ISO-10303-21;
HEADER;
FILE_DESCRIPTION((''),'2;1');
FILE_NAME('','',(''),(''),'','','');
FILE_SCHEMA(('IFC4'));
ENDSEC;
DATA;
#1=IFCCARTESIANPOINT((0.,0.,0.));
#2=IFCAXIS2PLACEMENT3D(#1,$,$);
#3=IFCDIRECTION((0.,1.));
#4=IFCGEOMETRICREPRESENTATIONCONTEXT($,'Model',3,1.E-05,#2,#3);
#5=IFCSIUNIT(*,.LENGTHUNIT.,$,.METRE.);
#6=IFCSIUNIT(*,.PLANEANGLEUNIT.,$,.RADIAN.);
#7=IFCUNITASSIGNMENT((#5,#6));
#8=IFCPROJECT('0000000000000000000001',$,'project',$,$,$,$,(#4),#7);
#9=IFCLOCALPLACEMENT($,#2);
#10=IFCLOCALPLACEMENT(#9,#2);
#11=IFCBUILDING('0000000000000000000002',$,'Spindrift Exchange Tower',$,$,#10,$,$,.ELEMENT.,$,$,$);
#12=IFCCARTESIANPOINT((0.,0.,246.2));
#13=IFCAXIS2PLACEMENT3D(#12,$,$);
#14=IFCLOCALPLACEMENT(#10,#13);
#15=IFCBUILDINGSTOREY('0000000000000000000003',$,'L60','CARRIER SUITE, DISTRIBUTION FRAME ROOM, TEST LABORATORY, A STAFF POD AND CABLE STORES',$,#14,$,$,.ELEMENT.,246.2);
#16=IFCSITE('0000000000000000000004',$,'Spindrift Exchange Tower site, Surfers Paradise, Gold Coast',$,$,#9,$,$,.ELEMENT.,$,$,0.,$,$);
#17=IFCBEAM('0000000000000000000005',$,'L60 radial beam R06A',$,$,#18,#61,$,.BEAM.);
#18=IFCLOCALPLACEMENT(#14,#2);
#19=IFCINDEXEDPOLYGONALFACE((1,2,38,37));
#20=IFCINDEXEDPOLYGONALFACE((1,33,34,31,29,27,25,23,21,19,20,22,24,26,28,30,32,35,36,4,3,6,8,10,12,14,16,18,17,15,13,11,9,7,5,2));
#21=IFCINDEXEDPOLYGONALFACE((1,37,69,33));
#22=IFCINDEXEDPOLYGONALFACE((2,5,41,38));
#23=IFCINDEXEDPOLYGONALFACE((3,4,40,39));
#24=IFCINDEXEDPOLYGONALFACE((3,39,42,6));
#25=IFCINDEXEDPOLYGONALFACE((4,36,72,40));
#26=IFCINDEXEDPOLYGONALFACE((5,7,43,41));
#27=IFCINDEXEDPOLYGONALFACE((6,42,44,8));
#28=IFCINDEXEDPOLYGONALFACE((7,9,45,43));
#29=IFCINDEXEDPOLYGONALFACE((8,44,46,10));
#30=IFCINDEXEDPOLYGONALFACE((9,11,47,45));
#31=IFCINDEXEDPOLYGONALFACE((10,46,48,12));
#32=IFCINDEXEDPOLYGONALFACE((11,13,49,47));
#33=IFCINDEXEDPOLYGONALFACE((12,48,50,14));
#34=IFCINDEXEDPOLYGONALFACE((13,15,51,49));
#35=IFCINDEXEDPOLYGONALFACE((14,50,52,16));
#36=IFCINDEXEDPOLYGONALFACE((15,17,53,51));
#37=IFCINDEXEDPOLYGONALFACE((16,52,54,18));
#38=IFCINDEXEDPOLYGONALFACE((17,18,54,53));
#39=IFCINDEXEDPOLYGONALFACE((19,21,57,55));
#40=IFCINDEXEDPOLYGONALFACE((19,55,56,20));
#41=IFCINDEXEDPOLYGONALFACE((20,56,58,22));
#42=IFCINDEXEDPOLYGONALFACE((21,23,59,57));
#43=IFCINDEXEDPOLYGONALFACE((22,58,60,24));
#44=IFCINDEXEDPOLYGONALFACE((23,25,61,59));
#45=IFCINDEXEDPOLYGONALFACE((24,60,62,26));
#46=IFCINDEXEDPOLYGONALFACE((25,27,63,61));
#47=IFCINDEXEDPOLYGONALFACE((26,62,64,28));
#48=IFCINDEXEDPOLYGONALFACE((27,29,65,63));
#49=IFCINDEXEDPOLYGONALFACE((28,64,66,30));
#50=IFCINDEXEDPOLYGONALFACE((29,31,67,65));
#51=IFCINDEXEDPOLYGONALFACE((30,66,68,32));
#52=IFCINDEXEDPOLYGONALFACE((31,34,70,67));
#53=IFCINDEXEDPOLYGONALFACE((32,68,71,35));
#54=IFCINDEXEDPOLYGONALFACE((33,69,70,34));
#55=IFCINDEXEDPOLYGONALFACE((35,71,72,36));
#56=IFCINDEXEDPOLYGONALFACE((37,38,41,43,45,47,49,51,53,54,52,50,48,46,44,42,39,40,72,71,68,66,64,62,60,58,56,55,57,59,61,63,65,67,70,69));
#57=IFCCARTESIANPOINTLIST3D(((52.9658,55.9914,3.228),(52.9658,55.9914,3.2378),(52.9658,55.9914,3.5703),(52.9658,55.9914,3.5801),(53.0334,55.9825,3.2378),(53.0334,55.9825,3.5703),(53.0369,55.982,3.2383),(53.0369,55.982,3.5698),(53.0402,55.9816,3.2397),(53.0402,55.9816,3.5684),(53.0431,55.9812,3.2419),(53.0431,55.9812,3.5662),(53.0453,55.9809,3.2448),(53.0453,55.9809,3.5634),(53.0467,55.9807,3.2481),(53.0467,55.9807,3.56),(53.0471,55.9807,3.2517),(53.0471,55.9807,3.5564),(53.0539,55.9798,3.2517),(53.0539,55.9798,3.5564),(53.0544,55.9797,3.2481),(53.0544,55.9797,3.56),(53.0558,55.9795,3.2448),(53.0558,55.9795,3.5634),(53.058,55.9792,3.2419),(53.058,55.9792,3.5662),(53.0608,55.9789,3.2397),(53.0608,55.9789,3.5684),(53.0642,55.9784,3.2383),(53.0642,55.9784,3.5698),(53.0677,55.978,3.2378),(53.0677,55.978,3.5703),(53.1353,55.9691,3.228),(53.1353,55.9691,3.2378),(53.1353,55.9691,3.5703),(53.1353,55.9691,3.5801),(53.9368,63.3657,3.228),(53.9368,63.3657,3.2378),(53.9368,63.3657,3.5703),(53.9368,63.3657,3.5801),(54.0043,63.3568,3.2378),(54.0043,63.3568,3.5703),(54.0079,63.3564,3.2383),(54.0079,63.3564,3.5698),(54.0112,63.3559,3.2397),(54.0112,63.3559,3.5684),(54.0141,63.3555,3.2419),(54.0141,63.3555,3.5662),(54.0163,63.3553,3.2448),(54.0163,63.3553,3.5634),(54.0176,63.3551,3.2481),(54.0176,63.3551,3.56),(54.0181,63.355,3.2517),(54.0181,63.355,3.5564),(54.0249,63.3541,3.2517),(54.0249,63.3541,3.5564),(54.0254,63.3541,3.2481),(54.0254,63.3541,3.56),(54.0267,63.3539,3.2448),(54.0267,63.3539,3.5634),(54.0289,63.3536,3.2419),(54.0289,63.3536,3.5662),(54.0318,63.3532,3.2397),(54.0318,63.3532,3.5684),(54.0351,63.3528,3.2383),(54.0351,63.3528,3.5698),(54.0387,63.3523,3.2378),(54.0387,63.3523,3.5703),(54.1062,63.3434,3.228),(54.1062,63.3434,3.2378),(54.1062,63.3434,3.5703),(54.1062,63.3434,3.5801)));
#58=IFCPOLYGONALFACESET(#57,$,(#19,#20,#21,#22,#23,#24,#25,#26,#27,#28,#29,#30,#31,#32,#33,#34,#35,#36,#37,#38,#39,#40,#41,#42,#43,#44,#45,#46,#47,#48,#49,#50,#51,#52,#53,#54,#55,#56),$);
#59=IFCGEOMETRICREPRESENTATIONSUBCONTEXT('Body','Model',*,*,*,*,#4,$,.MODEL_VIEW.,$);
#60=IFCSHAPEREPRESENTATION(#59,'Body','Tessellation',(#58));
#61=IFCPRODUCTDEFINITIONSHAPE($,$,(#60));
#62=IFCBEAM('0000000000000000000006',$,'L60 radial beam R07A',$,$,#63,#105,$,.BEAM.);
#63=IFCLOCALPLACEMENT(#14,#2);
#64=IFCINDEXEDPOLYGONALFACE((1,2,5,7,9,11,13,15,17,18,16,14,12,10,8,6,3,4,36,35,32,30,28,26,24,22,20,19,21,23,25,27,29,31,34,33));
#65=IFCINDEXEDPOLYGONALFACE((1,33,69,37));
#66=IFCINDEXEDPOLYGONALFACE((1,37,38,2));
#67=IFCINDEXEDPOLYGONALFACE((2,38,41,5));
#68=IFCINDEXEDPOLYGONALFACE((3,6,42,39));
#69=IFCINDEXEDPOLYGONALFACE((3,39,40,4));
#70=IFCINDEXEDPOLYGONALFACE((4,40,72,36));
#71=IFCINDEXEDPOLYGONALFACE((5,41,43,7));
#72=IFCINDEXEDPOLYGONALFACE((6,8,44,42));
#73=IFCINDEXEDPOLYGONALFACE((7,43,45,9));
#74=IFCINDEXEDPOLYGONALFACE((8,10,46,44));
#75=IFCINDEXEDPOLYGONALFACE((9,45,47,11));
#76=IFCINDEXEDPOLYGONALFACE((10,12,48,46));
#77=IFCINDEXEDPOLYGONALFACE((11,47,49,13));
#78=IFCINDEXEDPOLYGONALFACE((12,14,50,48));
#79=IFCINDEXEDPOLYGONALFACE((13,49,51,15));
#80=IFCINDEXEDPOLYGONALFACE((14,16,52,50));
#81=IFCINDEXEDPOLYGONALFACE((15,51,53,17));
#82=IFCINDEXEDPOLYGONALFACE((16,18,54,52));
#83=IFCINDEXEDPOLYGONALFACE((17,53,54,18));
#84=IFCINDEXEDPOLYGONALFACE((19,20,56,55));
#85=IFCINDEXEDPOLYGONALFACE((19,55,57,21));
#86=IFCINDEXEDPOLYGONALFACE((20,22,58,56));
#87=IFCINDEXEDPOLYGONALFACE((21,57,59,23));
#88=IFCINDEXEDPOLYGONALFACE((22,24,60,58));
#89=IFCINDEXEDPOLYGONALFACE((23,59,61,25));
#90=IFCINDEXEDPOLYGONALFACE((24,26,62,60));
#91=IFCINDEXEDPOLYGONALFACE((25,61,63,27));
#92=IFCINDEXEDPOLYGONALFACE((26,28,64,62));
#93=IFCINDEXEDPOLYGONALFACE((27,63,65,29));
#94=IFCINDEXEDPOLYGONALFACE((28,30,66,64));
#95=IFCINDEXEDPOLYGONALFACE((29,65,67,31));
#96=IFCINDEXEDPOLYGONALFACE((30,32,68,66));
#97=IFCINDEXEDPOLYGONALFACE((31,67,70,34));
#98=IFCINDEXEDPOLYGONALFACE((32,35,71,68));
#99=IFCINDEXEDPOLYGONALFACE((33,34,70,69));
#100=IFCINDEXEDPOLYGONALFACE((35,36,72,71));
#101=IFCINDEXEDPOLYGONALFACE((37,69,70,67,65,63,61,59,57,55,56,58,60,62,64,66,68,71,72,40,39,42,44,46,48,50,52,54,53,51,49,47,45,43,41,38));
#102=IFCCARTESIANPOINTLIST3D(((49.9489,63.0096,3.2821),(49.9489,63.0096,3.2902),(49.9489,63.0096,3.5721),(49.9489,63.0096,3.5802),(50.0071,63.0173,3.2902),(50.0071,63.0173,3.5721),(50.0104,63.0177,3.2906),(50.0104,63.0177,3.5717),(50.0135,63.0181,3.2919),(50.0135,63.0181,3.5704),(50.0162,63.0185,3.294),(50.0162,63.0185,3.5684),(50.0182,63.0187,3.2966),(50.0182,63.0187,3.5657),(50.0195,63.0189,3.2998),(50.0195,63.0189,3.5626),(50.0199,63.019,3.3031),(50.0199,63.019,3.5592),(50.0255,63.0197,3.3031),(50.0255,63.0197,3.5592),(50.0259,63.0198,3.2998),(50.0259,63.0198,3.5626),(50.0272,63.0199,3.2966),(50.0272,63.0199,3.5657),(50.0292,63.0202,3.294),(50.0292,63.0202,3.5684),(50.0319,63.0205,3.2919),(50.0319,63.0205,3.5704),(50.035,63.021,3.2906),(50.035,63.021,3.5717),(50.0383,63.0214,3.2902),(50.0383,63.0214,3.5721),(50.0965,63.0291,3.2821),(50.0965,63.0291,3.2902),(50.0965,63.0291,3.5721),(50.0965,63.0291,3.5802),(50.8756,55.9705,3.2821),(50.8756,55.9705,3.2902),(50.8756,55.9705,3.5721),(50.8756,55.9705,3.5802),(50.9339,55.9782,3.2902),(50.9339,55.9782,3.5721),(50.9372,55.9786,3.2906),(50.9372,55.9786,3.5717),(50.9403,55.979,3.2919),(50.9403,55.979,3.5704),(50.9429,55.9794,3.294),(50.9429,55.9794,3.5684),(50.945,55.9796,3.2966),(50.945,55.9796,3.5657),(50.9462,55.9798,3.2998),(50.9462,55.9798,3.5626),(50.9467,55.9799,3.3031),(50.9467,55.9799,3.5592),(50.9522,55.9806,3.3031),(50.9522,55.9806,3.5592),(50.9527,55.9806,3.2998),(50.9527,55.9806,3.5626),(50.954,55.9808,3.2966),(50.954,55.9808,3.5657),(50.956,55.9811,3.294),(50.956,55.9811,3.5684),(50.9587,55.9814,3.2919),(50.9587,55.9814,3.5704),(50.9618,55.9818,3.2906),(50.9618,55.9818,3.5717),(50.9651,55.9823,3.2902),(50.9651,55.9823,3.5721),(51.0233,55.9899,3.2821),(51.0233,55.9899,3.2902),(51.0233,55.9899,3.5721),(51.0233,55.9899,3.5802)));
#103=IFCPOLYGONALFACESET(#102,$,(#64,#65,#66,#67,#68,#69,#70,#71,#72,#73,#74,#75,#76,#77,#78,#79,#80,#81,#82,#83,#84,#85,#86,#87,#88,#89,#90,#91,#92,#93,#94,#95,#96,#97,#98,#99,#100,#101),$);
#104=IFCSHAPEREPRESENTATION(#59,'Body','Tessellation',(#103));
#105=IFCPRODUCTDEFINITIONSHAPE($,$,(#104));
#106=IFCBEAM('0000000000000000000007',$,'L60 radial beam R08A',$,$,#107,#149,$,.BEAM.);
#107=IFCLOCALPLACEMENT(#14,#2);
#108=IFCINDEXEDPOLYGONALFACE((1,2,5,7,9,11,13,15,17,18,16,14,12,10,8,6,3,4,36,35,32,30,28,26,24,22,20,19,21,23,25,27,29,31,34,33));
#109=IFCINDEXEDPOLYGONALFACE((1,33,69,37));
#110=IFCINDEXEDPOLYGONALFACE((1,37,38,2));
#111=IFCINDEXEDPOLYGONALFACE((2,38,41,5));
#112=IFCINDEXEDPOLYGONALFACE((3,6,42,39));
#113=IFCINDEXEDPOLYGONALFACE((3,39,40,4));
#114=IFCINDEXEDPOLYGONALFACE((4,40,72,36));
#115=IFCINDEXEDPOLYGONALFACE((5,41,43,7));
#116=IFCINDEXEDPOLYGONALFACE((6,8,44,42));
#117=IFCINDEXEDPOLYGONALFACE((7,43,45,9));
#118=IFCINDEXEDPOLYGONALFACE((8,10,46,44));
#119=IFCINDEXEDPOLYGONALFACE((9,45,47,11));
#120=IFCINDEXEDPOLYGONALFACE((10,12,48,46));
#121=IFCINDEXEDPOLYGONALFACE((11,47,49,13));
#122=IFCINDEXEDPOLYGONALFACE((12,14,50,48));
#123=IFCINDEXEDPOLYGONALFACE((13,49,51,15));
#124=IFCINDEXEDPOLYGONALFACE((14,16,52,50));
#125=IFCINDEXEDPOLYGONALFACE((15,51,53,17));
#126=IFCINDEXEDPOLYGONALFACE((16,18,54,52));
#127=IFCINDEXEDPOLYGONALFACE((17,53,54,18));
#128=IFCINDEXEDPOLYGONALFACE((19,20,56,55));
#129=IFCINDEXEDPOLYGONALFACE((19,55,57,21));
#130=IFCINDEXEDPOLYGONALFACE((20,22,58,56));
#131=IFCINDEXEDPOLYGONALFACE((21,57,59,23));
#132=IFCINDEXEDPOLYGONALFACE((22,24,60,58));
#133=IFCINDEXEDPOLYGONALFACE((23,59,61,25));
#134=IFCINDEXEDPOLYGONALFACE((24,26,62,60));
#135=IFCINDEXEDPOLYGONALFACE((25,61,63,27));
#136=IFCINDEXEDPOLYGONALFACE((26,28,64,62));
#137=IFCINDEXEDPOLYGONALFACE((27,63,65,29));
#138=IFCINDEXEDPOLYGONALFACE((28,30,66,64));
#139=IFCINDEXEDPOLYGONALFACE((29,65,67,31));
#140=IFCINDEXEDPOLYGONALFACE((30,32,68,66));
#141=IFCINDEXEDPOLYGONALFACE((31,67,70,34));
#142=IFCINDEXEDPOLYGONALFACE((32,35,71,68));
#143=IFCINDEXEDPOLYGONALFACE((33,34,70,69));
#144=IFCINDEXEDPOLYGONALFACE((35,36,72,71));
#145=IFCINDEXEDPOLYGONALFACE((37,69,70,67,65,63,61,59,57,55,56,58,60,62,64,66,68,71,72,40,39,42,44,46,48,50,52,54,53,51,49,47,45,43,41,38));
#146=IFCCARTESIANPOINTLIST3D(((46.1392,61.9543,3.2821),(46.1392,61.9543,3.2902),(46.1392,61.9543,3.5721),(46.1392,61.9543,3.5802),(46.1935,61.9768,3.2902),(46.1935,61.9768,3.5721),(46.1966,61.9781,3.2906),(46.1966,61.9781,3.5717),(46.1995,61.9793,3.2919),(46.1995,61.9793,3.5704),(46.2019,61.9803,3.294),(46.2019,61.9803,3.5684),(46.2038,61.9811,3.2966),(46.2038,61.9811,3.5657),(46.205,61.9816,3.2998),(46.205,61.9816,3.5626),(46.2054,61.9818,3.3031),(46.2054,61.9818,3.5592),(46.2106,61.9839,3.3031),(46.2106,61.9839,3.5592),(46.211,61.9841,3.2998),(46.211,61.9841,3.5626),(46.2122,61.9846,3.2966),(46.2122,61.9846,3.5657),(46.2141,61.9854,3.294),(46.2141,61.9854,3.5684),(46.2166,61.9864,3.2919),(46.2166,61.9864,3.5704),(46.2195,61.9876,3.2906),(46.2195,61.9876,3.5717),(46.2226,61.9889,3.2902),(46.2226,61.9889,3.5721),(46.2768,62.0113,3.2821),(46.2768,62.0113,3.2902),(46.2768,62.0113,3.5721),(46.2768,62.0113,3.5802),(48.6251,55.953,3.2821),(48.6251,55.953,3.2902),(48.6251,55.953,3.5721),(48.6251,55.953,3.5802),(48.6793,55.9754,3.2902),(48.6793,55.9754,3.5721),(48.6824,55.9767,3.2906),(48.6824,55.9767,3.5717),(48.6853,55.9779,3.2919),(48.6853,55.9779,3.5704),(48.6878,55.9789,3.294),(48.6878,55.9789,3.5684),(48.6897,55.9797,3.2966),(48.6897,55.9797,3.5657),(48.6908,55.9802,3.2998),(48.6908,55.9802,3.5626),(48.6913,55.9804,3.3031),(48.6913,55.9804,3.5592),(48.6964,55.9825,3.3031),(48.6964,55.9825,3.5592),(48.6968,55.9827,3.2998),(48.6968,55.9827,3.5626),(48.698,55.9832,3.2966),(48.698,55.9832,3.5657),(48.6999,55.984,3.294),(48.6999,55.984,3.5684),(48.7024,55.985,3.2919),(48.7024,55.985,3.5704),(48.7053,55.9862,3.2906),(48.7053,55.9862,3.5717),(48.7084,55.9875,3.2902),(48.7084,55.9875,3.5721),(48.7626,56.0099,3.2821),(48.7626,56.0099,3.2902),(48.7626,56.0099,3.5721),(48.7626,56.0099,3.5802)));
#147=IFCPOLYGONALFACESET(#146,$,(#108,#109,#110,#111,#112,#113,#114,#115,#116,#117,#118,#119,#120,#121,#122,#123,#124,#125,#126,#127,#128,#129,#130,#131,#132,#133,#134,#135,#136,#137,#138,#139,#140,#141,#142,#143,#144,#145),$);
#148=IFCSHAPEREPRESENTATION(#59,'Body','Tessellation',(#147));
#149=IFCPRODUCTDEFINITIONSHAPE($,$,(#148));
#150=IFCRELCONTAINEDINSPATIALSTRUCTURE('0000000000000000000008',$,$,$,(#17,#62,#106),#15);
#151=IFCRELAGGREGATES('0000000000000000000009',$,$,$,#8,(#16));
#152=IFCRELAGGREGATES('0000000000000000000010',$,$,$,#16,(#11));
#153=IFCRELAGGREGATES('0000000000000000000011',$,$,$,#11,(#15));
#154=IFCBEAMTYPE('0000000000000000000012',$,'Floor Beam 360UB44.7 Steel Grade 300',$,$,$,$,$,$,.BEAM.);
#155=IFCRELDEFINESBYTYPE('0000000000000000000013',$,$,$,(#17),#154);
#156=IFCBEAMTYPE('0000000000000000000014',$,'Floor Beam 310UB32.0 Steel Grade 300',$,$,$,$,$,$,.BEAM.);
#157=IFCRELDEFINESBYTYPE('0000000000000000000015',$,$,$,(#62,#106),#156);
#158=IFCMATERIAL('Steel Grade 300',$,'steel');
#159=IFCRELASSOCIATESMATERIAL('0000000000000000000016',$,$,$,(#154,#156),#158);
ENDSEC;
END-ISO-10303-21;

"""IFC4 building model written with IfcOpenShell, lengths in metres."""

from ifc_helpers import new_model, si_unit, direction, frame, origin, origin_2d, place, context, subcontext, project, spatial, i_section, extrude, source, transform, mapped, material, material_profile, profile_set, type_object, element, save


model = new_model("IFC4")

# Units and contexts
model_context = context("Model", 3, precision=1e-05, world=origin(), true_north=direction((0.0, 1.0)))
body_context = subcontext(model_context, "Body", "Model", "MODEL_VIEW")
ifc_project = project(units=[si_unit("LENGTHUNIT", "METRE"), si_unit("PLANEANGLEUNIT", "RADIAN")], contexts=[model_context])

# Site, building, storey
site_placement = place(None, origin())
site = spatial("IfcSite", under=ifc_project, at=site_placement, Name="Spindrift Exchange Tower site, Surfers Paradise, Gold Coast", CompositionType="ELEMENT", RefElevation=0.0)
building_placement = place(site_placement, origin())
building = spatial("IfcBuilding", under=site, at=building_placement, Name="Spindrift Exchange Tower", CompositionType="ELEMENT")
storey_placement = place(building_placement, frame((0.0, 0.0, 246.2)))
storey = spatial("IfcBuildingStorey", under=building, at=storey_placement, Name="L60", Description="CARRIER SUITE, DISTRIBUTION FRAME ROOM, TEST LABORATORY, A STAFF POD AND CABLE STORES", CompositionType="ELEMENT", Elevation=246.2)

# Beams
ifc_material_1 = material(Name="Steel Grade 300", Category="steel")
ifc_material_profile_1 = material_profile(ifc_material_1, i_section(OverallWidth=0.1709, OverallDepth=0.3521, WebThickness=0.0068, FlangeThickness=0.0098, FilletRadius=0.0139, at=origin_2d()), Name="360UB44.7")
ifc_profile_set_1 = profile_set([ifc_material_profile_1], Name="Steel Grade 300")
beam_type_1 = type_object("IfcBeamType", Name="Floor Beam 360UB44.7 Steel Grade 300", PredefinedType="BEAM", material=ifc_profile_set_1)
shared_shape_1 = source(origin(), body_context, "Body", "SweptSolid", [
    extrude(i_section(OverallWidth=0.1709, OverallDepth=0.3521, WebThickness=0.0068, FlangeThickness=0.0098, FilletRadius=0.0139, at=origin_2d()), origin(), (0.0, 0.0, 1.0), 7.438),
])
beam_1_placement = place(storey_placement, frame((53.0505, 55.9802, 3.4041), z_axis=(0.13054, 0.991443, 0.0), x_axis=(-0.991443, 0.13054, 0.0)))
element("IfcBeam", 1, at=beam_1_placement, inside=storey, type_object=beam_type_1, Name="L60 radial beam R06A", PredefinedType="BEAM", context=body_context, shape_type="MappedRepresentation", body=[
    mapped(shared_shape_1, transform((0.0, 0.0, 0.0), scale=1.0)),
])
ifc_material_profile_2 = material_profile(ifc_material_1, i_section(OverallWidth=0.1489, OverallDepth=0.2981, WebThickness=0.0056, FlangeThickness=0.0081, FilletRadius=0.0129, at=origin_2d()), Name="310UB32.0")
ifc_profile_set_2 = profile_set([ifc_material_profile_2], Name="Steel Grade 300")
beam_type_2 = type_object("IfcBeamType", Name="Floor Beam 310UB32.0 Steel Grade 300", PredefinedType="BEAM", material=ifc_profile_set_2)
shared_shape_2 = source(origin(), body_context, "Body", "SweptSolid", [
    extrude(i_section(OverallWidth=0.1489, OverallDepth=0.2981, WebThickness=0.0056, FlangeThickness=0.0081, FilletRadius=0.0129, at=origin_2d()), origin(), (0.0, 0.0, 1.0), 7.0999),
])
beam_2_placement = place(storey_placement, frame((50.9495, 55.9802, 3.4312), z_axis=(-0.130533, 0.991444, 0.0), x_axis=(-0.991444, -0.130533, 0.0)))
element("IfcBeam", 2, at=beam_2_placement, inside=storey, type_object=beam_type_2, Name="L60 radial beam R07A", PredefinedType="BEAM", context=body_context, shape_type="MappedRepresentation", body=[
    mapped(shared_shape_2, transform((0.0, 0.0, 0.0), scale=1.0)),
])
shared_shape_3 = source(origin(), body_context, "Body", "SweptSolid", [
    extrude(i_section(OverallWidth=0.1489, OverallDepth=0.2981, WebThickness=0.0056, FlangeThickness=0.0081, FilletRadius=0.0129, at=origin_2d()), origin(), (0.0, 0.0, 1.0), 6.4958),
])
beam_3_placement = place(storey_placement, frame((48.6938, 55.9814, 3.4312), z_axis=(-0.382677, 0.923882, 0.0), x_axis=(-0.923882, -0.382677, 0.0)))
element("IfcBeam", 3, at=beam_3_placement, inside=storey, type_object=beam_type_2, Name="L60 radial beam R08A", PredefinedType="BEAM", context=body_context, shape_type="MappedRepresentation", body=[
    mapped(shared_shape_3, transform((0.0, 0.0, 0.0), scale=1.0)),
])

save(model, "model.ifc")
